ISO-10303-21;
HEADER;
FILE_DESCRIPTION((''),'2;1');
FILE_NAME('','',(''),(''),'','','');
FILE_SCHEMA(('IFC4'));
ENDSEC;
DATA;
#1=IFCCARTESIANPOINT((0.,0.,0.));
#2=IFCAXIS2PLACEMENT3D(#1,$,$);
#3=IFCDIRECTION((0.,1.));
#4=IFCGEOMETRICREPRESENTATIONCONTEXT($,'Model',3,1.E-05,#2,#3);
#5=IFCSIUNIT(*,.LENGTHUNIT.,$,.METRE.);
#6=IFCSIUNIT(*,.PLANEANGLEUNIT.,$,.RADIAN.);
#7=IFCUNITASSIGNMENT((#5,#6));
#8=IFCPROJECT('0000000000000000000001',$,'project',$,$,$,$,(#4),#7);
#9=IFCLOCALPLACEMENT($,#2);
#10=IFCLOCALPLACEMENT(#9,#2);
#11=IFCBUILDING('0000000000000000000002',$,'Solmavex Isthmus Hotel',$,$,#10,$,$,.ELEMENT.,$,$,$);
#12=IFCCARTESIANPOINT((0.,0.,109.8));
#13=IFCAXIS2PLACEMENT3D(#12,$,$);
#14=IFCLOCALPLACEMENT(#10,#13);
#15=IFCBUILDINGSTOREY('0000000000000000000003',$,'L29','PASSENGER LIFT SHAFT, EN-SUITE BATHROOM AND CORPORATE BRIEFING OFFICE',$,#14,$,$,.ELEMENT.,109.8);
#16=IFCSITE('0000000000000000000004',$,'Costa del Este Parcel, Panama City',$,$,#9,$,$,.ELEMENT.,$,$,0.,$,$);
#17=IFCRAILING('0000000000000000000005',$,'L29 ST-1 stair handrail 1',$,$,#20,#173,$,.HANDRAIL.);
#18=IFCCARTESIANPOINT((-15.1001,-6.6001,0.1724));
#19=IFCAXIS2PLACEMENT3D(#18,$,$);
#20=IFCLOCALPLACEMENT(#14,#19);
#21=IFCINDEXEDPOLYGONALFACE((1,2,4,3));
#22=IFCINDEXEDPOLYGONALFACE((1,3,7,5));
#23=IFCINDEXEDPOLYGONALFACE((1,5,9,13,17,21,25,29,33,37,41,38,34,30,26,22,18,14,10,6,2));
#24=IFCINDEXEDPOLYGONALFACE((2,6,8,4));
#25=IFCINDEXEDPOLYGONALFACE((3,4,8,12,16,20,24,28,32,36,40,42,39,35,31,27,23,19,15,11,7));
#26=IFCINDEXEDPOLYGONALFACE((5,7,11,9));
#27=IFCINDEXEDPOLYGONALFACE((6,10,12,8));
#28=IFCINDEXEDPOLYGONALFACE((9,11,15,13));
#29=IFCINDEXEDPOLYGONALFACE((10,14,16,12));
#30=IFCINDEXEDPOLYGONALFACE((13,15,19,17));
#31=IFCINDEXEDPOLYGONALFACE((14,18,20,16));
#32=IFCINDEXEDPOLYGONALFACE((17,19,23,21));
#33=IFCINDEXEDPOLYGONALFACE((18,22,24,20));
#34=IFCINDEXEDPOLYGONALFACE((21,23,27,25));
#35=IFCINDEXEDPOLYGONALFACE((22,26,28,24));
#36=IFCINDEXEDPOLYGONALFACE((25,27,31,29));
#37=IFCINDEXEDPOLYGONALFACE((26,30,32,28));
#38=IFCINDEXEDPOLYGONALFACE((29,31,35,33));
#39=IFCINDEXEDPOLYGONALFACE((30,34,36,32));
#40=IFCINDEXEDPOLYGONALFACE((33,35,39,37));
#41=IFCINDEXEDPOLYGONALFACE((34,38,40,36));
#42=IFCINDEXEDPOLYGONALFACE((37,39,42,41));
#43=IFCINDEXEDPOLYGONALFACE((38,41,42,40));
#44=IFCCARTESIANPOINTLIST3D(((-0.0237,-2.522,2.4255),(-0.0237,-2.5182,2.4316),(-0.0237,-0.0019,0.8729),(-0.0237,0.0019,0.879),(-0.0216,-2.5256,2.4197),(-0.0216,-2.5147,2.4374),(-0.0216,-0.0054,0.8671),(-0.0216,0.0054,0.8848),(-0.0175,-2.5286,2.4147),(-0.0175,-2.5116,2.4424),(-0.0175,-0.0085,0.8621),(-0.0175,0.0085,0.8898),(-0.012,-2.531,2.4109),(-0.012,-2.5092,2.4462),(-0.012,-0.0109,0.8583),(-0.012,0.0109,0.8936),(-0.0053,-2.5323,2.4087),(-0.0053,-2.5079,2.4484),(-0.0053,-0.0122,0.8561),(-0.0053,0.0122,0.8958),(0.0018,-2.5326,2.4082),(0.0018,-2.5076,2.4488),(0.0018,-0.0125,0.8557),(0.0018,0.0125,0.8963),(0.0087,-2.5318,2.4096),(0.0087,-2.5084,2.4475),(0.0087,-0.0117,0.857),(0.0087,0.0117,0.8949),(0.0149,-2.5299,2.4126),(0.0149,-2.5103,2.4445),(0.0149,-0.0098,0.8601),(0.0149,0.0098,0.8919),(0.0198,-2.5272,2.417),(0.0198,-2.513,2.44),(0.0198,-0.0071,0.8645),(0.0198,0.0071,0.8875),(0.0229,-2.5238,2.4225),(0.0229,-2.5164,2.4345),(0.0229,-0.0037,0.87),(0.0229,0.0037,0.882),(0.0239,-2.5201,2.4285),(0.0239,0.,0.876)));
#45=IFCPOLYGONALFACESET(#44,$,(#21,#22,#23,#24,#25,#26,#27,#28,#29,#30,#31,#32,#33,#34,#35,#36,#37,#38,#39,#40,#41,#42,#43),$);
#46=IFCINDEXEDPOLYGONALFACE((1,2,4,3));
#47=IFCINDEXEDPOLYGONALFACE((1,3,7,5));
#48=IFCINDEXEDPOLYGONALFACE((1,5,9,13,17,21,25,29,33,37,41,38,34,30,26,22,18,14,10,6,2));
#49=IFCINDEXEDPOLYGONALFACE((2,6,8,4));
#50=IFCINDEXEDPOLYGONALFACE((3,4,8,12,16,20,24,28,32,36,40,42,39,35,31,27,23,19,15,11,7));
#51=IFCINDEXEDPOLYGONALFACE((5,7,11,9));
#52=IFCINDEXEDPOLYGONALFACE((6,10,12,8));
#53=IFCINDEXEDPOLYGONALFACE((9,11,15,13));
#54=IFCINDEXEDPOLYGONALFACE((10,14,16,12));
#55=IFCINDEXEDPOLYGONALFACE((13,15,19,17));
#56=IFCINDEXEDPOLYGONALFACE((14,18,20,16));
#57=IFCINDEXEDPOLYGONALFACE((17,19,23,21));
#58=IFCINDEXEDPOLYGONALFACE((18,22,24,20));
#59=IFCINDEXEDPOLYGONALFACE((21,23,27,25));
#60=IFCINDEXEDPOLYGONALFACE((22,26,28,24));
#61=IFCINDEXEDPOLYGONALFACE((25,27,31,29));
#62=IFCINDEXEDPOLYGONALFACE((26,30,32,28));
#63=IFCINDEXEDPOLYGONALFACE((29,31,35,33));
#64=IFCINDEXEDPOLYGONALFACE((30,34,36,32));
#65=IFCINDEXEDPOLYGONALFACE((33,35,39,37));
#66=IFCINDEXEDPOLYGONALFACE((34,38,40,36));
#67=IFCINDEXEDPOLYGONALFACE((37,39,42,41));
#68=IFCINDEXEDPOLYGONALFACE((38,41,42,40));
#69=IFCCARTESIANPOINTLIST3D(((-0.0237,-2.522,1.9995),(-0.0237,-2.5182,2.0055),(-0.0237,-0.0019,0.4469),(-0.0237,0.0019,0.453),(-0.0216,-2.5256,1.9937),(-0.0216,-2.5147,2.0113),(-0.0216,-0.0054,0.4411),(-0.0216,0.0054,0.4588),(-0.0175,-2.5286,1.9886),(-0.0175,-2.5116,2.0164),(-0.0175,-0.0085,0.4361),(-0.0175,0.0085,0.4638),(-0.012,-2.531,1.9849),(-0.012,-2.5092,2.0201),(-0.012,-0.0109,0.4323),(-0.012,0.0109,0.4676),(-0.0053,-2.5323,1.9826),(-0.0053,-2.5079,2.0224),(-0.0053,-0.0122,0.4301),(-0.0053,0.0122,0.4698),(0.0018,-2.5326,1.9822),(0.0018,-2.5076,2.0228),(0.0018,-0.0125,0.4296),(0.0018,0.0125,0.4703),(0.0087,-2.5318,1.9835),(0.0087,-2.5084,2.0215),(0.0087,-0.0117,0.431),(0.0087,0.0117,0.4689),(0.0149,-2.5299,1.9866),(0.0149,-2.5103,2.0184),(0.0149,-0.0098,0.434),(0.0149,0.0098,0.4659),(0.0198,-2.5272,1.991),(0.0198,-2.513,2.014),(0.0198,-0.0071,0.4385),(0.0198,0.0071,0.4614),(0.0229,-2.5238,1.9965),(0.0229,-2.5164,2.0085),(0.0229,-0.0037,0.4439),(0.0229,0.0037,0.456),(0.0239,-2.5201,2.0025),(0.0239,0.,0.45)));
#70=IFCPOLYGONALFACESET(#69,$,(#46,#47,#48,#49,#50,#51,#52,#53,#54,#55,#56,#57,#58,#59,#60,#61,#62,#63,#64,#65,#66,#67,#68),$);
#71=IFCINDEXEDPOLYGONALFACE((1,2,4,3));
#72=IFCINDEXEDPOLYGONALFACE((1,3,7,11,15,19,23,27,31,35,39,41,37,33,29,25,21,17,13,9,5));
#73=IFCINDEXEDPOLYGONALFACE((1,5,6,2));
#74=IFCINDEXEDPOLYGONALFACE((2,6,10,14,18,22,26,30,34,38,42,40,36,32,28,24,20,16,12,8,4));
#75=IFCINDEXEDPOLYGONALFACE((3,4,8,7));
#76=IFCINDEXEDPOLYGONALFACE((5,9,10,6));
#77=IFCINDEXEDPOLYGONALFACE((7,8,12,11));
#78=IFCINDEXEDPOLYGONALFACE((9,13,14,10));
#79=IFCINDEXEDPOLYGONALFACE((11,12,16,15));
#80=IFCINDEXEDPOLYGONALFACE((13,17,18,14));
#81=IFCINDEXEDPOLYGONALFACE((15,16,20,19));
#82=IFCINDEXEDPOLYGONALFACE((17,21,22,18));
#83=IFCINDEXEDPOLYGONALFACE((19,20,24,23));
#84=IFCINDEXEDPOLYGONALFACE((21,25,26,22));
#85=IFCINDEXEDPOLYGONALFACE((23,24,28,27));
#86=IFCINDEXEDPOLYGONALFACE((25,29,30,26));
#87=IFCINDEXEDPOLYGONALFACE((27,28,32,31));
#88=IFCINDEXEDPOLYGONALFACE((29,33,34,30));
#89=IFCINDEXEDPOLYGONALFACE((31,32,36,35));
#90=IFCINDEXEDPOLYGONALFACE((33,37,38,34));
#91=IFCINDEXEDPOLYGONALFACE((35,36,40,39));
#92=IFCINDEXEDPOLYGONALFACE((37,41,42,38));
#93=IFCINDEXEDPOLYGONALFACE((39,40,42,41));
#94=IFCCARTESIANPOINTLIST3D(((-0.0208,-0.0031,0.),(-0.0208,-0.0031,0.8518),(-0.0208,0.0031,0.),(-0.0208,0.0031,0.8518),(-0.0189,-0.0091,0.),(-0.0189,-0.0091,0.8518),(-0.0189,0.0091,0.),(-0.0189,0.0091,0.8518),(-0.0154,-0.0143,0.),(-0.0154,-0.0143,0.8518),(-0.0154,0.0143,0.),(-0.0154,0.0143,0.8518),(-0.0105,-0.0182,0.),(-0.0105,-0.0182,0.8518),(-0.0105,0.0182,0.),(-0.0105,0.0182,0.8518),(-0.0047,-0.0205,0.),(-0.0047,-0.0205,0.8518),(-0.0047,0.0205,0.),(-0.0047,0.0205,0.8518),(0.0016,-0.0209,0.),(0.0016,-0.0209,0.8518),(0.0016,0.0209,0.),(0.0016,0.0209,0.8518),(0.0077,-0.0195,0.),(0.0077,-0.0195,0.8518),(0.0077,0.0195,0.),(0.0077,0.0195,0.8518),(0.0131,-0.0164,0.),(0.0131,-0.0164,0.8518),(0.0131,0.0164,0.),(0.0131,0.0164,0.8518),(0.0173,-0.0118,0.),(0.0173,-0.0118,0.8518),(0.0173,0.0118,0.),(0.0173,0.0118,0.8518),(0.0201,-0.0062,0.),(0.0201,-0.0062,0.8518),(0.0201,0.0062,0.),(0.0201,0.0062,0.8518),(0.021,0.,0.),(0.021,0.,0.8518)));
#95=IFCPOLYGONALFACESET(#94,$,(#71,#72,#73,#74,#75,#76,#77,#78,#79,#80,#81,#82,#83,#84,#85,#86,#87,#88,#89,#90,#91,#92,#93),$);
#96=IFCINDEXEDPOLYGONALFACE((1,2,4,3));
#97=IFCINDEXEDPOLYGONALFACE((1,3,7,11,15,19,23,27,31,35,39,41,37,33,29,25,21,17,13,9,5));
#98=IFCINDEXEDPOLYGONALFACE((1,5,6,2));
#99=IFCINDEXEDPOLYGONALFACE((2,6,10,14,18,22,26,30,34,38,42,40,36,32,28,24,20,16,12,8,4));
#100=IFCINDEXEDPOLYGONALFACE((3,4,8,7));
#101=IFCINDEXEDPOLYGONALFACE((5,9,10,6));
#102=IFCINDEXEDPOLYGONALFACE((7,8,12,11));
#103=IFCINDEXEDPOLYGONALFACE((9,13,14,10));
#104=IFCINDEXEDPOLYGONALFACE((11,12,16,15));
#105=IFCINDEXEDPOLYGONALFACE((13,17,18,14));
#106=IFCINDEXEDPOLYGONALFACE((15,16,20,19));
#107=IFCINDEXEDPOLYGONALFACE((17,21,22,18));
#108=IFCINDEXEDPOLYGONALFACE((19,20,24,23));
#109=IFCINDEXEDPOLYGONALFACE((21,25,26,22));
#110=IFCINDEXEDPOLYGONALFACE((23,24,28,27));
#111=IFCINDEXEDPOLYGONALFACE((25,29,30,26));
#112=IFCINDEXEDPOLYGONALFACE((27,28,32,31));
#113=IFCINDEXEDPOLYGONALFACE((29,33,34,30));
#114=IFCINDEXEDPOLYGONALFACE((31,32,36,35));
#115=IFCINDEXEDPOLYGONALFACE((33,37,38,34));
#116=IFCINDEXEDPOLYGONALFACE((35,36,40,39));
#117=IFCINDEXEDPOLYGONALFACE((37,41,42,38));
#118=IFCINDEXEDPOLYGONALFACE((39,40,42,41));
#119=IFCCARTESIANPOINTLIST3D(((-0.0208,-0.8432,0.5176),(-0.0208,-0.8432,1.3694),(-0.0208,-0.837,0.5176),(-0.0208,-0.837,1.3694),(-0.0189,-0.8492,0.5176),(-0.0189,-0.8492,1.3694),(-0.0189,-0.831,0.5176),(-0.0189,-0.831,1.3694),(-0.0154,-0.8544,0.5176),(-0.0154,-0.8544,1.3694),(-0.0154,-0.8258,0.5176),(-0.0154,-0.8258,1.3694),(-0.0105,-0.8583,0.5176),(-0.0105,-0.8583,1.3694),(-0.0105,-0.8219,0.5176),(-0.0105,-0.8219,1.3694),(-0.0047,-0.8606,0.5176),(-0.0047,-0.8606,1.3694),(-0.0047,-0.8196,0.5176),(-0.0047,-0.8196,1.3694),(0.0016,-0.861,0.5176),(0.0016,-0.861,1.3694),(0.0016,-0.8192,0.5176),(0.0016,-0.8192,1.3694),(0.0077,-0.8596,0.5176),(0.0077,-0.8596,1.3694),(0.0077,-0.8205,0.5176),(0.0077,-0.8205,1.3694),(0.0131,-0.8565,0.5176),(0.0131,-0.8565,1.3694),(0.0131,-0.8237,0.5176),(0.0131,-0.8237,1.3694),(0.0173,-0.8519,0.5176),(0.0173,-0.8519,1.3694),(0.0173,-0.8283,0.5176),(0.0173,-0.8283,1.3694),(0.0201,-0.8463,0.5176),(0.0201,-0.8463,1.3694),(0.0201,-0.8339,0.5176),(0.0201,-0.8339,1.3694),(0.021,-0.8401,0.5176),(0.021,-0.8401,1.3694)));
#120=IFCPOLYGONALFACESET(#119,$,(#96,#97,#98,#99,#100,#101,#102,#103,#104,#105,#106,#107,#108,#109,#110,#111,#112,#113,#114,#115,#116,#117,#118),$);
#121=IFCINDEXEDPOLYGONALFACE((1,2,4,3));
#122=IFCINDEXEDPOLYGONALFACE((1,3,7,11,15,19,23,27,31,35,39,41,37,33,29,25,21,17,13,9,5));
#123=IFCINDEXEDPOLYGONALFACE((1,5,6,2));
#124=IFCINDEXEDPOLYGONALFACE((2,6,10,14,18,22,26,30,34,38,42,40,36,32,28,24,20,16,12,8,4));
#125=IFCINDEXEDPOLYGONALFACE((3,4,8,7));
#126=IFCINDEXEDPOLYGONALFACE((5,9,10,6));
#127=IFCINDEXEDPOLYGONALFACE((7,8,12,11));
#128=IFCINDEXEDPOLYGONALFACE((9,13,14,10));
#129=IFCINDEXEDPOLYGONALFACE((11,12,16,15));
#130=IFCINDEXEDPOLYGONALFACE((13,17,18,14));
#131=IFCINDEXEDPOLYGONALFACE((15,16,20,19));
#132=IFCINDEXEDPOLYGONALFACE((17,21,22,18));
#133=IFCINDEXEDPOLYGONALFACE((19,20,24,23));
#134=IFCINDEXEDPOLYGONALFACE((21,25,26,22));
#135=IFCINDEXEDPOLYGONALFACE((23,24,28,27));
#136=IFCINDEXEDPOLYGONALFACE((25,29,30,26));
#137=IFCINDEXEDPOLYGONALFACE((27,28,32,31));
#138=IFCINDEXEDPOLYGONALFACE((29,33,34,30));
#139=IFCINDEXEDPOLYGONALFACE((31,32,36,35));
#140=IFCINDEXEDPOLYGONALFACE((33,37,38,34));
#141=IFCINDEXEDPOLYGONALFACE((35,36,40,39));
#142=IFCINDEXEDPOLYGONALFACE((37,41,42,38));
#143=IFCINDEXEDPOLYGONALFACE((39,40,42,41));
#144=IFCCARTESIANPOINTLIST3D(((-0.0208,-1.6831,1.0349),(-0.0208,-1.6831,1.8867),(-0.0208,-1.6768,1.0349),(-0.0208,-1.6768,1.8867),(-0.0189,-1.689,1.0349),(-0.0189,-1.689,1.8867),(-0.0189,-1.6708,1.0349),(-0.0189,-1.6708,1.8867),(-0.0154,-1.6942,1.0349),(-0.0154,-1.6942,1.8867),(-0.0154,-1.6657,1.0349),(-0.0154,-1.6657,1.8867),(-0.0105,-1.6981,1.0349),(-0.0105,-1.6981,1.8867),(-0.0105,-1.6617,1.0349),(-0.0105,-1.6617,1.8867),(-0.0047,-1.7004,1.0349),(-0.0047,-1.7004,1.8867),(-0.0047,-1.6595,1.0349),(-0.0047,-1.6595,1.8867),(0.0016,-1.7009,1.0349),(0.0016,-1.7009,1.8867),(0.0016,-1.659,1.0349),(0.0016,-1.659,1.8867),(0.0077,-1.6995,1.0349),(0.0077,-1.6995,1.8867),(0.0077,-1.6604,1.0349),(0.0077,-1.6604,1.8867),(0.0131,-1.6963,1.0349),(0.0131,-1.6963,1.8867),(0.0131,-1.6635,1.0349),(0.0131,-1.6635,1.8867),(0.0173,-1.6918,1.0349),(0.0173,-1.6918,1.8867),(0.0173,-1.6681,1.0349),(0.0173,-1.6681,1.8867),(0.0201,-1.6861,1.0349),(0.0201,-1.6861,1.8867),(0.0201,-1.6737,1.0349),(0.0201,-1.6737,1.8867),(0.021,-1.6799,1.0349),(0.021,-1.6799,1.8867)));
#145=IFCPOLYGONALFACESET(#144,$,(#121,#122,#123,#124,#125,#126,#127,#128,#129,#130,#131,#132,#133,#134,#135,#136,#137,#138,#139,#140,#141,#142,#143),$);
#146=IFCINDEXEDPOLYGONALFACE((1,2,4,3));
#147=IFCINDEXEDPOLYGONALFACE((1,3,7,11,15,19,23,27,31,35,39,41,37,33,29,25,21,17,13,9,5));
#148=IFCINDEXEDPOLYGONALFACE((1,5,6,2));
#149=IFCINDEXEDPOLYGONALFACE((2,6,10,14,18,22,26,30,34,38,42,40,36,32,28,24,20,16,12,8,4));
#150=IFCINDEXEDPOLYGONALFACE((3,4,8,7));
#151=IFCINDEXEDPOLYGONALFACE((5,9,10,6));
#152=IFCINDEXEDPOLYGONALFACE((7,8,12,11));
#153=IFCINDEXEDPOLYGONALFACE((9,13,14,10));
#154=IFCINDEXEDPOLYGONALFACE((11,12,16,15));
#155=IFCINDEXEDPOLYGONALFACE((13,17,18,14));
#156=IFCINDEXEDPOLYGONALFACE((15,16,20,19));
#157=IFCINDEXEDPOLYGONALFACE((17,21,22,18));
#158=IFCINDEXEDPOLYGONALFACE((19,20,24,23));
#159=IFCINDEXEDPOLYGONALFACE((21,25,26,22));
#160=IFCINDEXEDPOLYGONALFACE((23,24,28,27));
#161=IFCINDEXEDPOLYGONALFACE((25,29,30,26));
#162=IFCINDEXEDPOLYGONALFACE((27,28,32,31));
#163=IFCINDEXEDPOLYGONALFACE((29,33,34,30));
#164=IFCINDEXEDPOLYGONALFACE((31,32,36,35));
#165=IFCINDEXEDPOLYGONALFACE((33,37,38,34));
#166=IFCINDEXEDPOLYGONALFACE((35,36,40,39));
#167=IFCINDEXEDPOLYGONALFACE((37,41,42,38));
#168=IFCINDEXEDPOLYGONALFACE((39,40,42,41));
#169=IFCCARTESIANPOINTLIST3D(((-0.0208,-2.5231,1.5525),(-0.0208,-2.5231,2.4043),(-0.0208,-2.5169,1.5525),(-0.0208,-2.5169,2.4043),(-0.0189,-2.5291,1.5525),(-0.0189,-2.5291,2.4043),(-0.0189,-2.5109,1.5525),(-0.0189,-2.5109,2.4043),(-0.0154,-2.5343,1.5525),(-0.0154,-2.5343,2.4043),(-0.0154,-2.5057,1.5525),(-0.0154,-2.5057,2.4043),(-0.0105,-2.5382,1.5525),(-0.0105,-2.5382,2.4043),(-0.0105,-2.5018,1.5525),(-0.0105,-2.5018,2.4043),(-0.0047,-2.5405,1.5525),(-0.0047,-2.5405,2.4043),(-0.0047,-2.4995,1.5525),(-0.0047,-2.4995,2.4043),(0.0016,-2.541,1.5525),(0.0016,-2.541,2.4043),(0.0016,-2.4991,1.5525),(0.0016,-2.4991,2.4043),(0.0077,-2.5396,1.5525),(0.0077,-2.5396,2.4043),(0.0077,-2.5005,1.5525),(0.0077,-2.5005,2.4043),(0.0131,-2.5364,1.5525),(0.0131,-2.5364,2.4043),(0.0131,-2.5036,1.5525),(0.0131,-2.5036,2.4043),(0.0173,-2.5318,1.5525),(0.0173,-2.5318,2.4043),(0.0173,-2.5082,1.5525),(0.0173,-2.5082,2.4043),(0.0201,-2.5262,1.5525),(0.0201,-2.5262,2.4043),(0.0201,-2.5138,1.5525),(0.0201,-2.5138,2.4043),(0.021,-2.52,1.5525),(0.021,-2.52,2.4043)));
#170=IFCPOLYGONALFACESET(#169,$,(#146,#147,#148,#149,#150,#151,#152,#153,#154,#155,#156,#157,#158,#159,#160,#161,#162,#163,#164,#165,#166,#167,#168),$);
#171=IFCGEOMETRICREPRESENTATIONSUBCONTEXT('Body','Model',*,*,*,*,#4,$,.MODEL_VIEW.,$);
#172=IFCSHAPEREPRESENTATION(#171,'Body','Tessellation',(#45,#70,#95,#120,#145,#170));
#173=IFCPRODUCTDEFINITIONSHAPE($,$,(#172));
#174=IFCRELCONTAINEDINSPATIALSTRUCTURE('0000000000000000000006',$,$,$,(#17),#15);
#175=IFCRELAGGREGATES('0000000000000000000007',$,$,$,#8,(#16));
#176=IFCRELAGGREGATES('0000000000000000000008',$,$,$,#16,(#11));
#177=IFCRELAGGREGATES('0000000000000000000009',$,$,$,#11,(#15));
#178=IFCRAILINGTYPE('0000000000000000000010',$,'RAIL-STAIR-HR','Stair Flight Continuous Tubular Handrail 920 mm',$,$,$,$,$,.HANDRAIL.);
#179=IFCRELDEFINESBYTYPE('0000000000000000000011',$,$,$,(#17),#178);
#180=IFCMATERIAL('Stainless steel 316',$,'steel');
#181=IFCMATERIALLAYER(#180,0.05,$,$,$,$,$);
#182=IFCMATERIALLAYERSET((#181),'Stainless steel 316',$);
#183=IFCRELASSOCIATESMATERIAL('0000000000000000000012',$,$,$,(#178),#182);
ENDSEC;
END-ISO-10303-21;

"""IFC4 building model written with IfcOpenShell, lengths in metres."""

from ifc_helpers import new_model, si_unit, direction, frame, origin, origin_2d, place, context, subcontext, project, spatial, circle, extrude, material, layer, layer_set, type_object, element, save


model = new_model("IFC4")

# Units and contexts
model_context = context("Model", 3, precision=1e-05, world=origin(), true_north=direction((0.0, 1.0)))
body_context = subcontext(model_context, "Body", "Model", "MODEL_VIEW")
ifc_project = project(units=[si_unit("LENGTHUNIT", "METRE"), si_unit("PLANEANGLEUNIT", "RADIAN")], contexts=[model_context])

# Site, building, storey
site_placement = place(None, origin())
site = spatial("IfcSite", under=ifc_project, at=site_placement, Name="Costa del Este Parcel, Panama City", CompositionType="ELEMENT", RefElevation=0.0)
building_placement = place(site_placement, origin())
building = spatial("IfcBuilding", under=site, at=building_placement, Name="Solmavex Isthmus Hotel", CompositionType="ELEMENT")
storey_placement = place(building_placement, frame((0.0, 0.0, 109.8)))
storey = spatial("IfcBuildingStorey", under=building, at=storey_placement, Name="L29", Description="PASSENGER LIFT SHAFT, EN-SUITE BATHROOM AND CORPORATE BRIEFING OFFICE", CompositionType="ELEMENT", Elevation=109.8)

# Shared definitions
ifc_material_1 = material(Name="Stainless steel 316", Category="steel")

# Railing
ifc_layer_1 = layer(ifc_material_1, 0.05)
ifc_layer_set_1 = layer_set([ifc_layer_1], Name="Stainless steel 316")
railing_type_1 = type_object("IfcRailingType", Name="RAIL-STAIR-HR", Description="Stair Flight Continuous Tubular Handrail 920 mm", PredefinedType="HANDRAIL", material=ifc_layer_set_1)
railing_1_placement = place(storey_placement, frame((-15.1001, -6.6001, 0.1724)))
element("IfcRailing", 1, at=railing_1_placement, inside=storey, type_object=railing_type_1, Name="L29 ST-1 stair handrail 1", PredefinedType="HANDRAIL", context=body_context, shape_type="SweptSolid", body=[
    extrude(circle(Radius=0.0239, at=origin_2d()), frame((0.0, 0.0, 0.876), z_axis=(0.0, -0.8514, 0.524516), x_axis=(1.0, 0.0, 0.0)), (0.0, 0.0, 1.0), 2.96),
    extrude(circle(Radius=0.0239, at=origin_2d()), frame((0.0, 0.0, 0.45), z_axis=(0.0, -0.8514, 0.524516), x_axis=(1.0, 0.0, 0.0)), (0.0, 0.0, 1.0), 2.96),
    extrude(circle(Radius=0.021, at=origin_2d()), origin(), (0.0, 0.0, 1.0), 0.8518),
    extrude(circle(Radius=0.021, at=origin_2d()), frame((0.0, -0.8401, 0.5176)), (0.0, 0.0, 1.0), 0.8518),
    extrude(circle(Radius=0.021, at=origin_2d()), frame((0.0, -1.6799, 1.0349)), (0.0, 0.0, 1.0), 0.8518),
    extrude(circle(Radius=0.021, at=origin_2d()), frame((0.0, -2.52, 1.5525)), (0.0, 0.0, 1.0), 0.8518),
])

save(model, "model.ifc")
